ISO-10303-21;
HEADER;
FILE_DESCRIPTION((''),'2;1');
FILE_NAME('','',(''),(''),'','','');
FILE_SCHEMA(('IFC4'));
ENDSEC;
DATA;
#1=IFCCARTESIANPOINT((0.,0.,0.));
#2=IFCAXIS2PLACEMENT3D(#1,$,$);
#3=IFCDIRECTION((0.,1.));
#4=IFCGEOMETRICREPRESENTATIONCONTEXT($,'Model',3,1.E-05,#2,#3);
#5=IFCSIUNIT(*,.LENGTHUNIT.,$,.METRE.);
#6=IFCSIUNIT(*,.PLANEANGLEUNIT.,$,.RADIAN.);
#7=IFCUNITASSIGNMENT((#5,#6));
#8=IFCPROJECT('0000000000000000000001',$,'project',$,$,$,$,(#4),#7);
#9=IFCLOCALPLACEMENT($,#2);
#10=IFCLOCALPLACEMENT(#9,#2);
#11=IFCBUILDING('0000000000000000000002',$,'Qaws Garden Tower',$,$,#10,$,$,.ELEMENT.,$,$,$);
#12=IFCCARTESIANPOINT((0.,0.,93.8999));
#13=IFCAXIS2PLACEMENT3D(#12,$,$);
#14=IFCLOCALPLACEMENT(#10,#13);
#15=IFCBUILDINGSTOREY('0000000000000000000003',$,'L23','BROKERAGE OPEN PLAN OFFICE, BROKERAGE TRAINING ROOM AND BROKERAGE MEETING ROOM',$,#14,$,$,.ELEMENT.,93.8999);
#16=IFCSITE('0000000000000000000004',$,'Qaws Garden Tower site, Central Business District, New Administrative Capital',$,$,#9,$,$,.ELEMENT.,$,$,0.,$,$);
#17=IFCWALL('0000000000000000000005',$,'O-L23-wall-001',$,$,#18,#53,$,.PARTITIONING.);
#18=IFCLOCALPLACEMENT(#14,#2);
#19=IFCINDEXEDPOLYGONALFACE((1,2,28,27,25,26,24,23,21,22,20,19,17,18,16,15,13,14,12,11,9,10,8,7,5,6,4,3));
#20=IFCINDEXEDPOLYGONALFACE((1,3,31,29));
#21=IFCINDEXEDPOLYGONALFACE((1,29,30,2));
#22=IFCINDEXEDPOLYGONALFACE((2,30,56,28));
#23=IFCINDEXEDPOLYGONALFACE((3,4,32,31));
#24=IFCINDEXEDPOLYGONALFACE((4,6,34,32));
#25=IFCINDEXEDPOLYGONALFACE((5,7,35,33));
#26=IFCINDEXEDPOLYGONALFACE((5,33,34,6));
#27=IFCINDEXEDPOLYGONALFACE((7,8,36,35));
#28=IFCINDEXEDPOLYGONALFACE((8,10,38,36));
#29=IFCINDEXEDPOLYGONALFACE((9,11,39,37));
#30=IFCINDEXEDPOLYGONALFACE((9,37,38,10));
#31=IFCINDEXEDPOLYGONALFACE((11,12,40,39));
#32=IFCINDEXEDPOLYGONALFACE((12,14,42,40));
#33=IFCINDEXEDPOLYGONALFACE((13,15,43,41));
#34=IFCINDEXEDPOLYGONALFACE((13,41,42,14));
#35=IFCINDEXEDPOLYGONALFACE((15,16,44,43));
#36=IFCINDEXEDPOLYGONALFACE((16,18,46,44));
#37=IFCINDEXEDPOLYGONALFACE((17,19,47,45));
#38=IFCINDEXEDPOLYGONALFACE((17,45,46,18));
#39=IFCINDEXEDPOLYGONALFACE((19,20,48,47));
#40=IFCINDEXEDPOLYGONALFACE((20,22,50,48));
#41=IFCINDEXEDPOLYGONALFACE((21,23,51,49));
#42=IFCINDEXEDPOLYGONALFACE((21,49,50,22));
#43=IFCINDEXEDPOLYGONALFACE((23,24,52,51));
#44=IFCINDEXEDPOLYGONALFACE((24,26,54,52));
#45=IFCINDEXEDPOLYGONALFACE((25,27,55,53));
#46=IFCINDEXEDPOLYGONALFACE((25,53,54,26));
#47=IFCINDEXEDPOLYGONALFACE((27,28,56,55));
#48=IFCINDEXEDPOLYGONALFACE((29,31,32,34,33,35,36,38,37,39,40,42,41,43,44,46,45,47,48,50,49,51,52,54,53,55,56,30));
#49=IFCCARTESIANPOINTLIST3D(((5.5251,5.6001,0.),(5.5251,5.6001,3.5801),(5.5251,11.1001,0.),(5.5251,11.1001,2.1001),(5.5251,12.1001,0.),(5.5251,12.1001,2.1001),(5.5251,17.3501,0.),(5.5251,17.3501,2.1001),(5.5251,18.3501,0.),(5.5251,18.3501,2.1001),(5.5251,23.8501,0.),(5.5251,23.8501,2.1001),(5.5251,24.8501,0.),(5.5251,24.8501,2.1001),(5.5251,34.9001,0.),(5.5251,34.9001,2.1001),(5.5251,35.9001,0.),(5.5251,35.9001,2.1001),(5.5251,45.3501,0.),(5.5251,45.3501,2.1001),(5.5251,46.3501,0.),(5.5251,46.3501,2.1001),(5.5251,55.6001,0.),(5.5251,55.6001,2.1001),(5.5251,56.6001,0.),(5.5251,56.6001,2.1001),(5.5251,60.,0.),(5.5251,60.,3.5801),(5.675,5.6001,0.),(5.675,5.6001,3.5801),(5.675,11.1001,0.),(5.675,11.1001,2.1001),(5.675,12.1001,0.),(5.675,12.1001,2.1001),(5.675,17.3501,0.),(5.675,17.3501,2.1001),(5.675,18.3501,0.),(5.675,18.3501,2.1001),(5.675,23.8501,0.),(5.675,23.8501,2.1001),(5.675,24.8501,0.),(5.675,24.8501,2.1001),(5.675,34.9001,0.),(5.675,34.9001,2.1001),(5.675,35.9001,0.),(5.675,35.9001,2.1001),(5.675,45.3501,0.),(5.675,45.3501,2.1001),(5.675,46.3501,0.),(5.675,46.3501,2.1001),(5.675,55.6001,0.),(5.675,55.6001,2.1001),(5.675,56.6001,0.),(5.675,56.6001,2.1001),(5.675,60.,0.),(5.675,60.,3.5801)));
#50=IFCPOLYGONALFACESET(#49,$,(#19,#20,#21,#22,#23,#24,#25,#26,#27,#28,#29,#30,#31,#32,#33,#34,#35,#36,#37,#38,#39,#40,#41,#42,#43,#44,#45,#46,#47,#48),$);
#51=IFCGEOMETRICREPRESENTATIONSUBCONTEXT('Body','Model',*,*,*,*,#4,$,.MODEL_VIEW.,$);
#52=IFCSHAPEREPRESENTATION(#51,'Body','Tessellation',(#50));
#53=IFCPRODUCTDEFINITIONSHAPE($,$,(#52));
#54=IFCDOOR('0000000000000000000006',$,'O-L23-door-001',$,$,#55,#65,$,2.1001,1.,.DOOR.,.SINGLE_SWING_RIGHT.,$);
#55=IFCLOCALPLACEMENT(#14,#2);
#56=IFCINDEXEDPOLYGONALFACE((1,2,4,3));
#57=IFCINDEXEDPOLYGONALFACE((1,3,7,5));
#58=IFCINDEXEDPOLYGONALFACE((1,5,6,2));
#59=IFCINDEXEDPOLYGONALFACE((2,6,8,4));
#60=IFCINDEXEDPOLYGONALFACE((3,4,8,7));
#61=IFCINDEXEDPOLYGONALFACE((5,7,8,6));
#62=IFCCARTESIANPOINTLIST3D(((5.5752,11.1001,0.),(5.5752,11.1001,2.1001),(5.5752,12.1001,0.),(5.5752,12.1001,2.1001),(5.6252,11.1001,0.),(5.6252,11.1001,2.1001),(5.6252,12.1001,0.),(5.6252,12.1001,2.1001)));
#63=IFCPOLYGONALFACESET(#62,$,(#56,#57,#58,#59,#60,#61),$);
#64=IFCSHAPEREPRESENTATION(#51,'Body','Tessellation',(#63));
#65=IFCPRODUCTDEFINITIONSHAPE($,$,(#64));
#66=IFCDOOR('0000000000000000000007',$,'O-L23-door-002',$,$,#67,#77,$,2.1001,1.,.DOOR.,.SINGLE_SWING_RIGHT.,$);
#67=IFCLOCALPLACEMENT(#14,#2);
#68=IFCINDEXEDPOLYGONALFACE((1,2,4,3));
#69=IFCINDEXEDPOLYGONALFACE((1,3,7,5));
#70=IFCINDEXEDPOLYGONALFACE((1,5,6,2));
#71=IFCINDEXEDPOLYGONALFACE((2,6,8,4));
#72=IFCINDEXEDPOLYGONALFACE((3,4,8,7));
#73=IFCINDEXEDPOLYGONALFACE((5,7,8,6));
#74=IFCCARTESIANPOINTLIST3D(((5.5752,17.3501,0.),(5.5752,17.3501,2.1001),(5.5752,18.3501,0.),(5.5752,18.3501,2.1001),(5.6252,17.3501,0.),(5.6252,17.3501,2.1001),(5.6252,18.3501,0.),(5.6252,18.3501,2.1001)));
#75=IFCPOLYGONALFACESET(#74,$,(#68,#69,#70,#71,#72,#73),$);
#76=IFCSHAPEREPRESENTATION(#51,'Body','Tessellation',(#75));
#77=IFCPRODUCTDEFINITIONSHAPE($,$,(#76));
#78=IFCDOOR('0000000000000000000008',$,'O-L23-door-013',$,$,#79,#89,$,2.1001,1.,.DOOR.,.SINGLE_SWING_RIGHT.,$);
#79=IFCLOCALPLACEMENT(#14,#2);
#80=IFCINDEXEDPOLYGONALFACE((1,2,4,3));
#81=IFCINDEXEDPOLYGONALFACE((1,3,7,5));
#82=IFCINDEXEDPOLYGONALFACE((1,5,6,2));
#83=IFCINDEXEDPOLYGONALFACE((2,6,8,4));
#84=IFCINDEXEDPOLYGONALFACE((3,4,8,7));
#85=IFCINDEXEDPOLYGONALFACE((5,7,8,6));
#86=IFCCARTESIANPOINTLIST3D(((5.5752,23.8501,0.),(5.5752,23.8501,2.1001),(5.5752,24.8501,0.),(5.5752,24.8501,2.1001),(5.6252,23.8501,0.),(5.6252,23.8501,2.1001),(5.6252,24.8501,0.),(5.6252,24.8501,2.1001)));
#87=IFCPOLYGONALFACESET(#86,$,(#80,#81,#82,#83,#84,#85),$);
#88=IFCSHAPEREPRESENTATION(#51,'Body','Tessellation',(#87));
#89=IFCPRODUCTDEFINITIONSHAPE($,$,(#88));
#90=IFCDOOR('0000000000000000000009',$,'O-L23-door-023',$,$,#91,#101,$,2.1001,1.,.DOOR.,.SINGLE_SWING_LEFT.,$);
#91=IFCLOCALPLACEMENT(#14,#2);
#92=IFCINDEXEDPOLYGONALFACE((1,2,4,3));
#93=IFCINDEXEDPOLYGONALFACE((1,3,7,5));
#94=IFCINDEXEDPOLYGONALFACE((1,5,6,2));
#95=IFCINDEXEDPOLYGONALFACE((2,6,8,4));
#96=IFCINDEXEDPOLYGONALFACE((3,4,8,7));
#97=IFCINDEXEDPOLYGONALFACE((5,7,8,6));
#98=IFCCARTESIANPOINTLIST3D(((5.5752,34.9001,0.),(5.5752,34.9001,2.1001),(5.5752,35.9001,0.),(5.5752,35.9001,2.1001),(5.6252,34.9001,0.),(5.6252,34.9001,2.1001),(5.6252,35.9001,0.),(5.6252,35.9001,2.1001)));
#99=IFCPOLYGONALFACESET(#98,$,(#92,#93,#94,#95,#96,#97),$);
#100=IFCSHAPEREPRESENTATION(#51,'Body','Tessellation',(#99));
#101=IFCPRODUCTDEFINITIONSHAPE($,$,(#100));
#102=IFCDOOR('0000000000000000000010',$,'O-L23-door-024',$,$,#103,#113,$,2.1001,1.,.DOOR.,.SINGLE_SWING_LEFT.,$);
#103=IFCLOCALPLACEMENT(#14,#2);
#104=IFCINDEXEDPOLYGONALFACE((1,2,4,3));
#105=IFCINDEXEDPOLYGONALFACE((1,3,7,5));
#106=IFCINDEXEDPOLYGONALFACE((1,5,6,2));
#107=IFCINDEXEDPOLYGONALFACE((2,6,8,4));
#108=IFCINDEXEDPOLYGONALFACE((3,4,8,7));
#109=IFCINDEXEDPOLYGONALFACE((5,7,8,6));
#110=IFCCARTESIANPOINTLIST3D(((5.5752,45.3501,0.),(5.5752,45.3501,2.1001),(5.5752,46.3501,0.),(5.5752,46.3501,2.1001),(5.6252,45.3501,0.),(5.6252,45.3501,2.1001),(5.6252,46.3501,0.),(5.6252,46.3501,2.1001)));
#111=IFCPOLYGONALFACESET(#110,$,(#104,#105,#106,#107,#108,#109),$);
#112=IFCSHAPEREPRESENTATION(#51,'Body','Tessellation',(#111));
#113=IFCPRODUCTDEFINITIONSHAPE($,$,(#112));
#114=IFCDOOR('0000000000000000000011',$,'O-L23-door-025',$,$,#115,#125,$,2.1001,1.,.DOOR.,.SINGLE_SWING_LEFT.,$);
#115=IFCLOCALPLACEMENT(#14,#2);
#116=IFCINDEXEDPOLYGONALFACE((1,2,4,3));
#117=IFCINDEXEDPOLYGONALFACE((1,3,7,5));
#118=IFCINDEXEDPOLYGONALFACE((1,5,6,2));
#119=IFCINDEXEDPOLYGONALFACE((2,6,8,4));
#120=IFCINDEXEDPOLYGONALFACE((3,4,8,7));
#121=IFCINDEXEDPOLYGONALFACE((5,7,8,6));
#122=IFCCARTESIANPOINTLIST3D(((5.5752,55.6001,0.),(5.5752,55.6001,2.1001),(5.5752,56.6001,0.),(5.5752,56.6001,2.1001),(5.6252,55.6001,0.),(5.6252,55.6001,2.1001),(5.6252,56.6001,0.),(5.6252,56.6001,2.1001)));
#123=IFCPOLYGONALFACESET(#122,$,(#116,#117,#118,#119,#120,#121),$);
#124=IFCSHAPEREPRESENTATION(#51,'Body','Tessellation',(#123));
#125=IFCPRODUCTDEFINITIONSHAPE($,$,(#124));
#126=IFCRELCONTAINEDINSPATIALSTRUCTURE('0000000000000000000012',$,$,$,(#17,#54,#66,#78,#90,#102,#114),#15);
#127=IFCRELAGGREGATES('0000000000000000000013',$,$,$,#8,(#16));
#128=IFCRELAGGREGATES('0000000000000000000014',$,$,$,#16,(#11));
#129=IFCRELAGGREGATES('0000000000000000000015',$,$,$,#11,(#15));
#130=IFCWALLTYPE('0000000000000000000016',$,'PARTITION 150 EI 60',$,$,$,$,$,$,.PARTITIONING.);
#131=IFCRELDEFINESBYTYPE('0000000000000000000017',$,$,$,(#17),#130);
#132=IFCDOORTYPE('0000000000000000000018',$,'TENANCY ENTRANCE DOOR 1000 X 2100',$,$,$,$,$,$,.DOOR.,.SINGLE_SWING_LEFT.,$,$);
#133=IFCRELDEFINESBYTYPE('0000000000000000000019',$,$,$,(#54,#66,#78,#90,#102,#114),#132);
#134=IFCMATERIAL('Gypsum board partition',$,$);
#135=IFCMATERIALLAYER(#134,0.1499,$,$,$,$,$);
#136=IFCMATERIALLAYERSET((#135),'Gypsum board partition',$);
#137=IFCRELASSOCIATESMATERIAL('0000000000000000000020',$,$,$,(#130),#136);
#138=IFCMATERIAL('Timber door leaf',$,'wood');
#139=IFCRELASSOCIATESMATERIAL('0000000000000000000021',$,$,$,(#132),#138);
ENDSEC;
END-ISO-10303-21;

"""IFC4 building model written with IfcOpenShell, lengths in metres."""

from ifc_helpers import new_model, si_unit, direction, frame, frame_2d, origin, place, context, subcontext, project, spatial, rectangle, extrude, material, layer, layer_set, type_object, element, fill, save


model = new_model("IFC4")

# Units and contexts
model_context = context("Model", 3, precision=1e-05, world=origin(), true_north=direction((0.0, 1.0)))
body_context = subcontext(model_context, "Body", "Model", "MODEL_VIEW")
ifc_project = project(units=[si_unit("LENGTHUNIT", "METRE"), si_unit("PLANEANGLEUNIT", "RADIAN")], contexts=[model_context])

# Site, building, storey
site_placement = place(None, origin())
site = spatial("IfcSite", under=ifc_project, at=site_placement, Name="Qaws Garden Tower site, Central Business District, New Administrative Capital", CompositionType="ELEMENT", RefElevation=0.0)
building_placement = place(site_placement, origin())
building = spatial("IfcBuilding", under=site, at=building_placement, Name="Qaws Garden Tower", CompositionType="ELEMENT")
storey_placement = place(building_placement, frame((0.0, 0.0, 93.8999)))
storey = spatial("IfcBuildingStorey", under=building, at=storey_placement, Name="L23", Description="BROKERAGE OPEN PLAN OFFICE, BROKERAGE TRAINING ROOM AND BROKERAGE MEETING ROOM", CompositionType="ELEMENT", Elevation=93.8999)

# Wall, openings, doors
ifc_material_1 = material(Name="Gypsum board partition")
ifc_layer_1 = layer(ifc_material_1, 0.1499)
ifc_layer_set_1 = layer_set([ifc_layer_1], Name="Gypsum board partition")
wall_type_1 = type_object("IfcWallType", Name="PARTITION 150 EI 60", PredefinedType="PARTITIONING", material=ifc_layer_set_1)
wall_1_placement = place(storey_placement, frame((5.6001, 5.6001, 0.0), z_axis=(0.0, 0.0, 1.0), x_axis=(0.0, 1.0, 0.0)))
wall_1 = element("IfcWall", 1, at=wall_1_placement, inside=storey, type_object=wall_type_1, Name="O-L23-wall-001", PredefinedType="PARTITIONING", context=body_context, shape_type="SweptSolid", body=[
    extrude(rectangle(XDim=54.3999, YDim=0.1499, at=frame_2d((27.2, 0.0))), origin(), (0.0, 0.0, 1.0), 3.5801),
])
opening_1_placement = place(wall_1_placement, frame((5.5, 0.0, 0.0)))
opening_1 = element("IfcOpeningElement", 2, at=opening_1_placement, cuts=wall_1, PredefinedType="OPENING", context=body_context, shape_type="SweptSolid", body=[
    extrude(rectangle(XDim=1.0, YDim=2.1001, at=frame_2d((0.5, 1.05))), frame((0.0, 0.085, 0.0), z_axis=(0.0, -1.0, 0.0), x_axis=(1.0, 0.0, 0.0)), (0.0, 0.0, 1.0), 0.1699),
])
opening_2_placement = place(wall_1_placement, frame((11.75, 0.0, 0.0)))
opening_2 = element("IfcOpeningElement", 3, at=opening_2_placement, cuts=wall_1, PredefinedType="OPENING", context=body_context, shape_type="SweptSolid", body=[
    extrude(rectangle(XDim=1.0, YDim=2.1001, at=frame_2d((0.5, 1.05))), frame((0.0, 0.085, 0.0), z_axis=(0.0, -1.0, 0.0), x_axis=(1.0, 0.0, 0.0)), (0.0, 0.0, 1.0), 0.1699),
])
opening_3_placement = place(wall_1_placement, frame((18.25, 0.0, 0.0)))
opening_3 = element("IfcOpeningElement", 4, at=opening_3_placement, cuts=wall_1, PredefinedType="OPENING", context=body_context, shape_type="SweptSolid", body=[
    extrude(rectangle(XDim=1.0, YDim=2.1001, at=frame_2d((0.5, 1.05))), frame((0.0, 0.085, 0.0), z_axis=(0.0, -1.0, 0.0), x_axis=(1.0, 0.0, 0.0)), (0.0, 0.0, 1.0), 0.1699),
])
opening_4_placement = place(wall_1_placement, frame((29.3, 0.0, 0.0)))
opening_4 = element("IfcOpeningElement", 5, at=opening_4_placement, cuts=wall_1, PredefinedType="OPENING", context=body_context, shape_type="SweptSolid", body=[
    extrude(rectangle(XDim=1.0, YDim=2.1001, at=frame_2d((0.5, 1.05))), frame((0.0, 0.085, 0.0), z_axis=(0.0, -1.0, 0.0), x_axis=(1.0, 0.0, 0.0)), (0.0, 0.0, 1.0), 0.1699),
])
opening_5_placement = place(wall_1_placement, frame((39.75, 0.0, 0.0)))
opening_5 = element("IfcOpeningElement", 6, at=opening_5_placement, cuts=wall_1, PredefinedType="OPENING", context=body_context, shape_type="SweptSolid", body=[
    extrude(rectangle(XDim=1.0, YDim=2.1001, at=frame_2d((0.5, 1.05))), frame((0.0, 0.085, 0.0), z_axis=(0.0, -1.0, 0.0), x_axis=(1.0, 0.0, 0.0)), (0.0, 0.0, 1.0), 0.1699),
])
opening_6_placement = place(wall_1_placement, frame((50.0, 0.0, 0.0)))
opening_6 = element("IfcOpeningElement", 7, at=opening_6_placement, cuts=wall_1, PredefinedType="OPENING", context=body_context, shape_type="SweptSolid", body=[
    extrude(rectangle(XDim=1.0, YDim=2.1001, at=frame_2d((0.5, 1.05))), frame((0.0, 0.085, 0.0), z_axis=(0.0, -1.0, 0.0), x_axis=(1.0, 0.0, 0.0)), (0.0, 0.0, 1.0), 0.1699),
])
ifc_material_2 = material(Name="Timber door leaf", Category="wood")
door_type_1 = type_object("IfcDoorType", Name="TENANCY ENTRANCE DOOR 1000 X 2100", OperationType="SINGLE_SWING_LEFT", PredefinedType="DOOR", material=ifc_material_2)
door_1_placement = place(opening_1_placement, origin())
door_1 = element("IfcDoor", 8, at=door_1_placement, inside=storey, type_object=door_type_1, Name="O-L23-door-001", OperationType="SINGLE_SWING_RIGHT", OverallHeight=2.1001, OverallWidth=1.0, PredefinedType="DOOR", context=body_context, shape_type="SweptSolid", body=[
    extrude(rectangle(XDim=1.0, YDim=2.1001, at=frame_2d((0.5, 1.05))), frame((0.0, 0.0249, 0.0), z_axis=(0.0, -1.0, 0.0), x_axis=(1.0, 0.0, 0.0)), (0.0, 0.0, 1.0), 0.05),
])
fill(opening_1, door_1)
door_2_placement = place(opening_2_placement, origin())
door_2 = element("IfcDoor", 9, at=door_2_placement, inside=storey, type_object=door_type_1, Name="O-L23-door-002", OperationType="SINGLE_SWING_RIGHT", OverallHeight=2.1001, OverallWidth=1.0, PredefinedType="DOOR", context=body_context, shape_type="SweptSolid", body=[
    extrude(rectangle(XDim=1.0, YDim=2.1001, at=frame_2d((0.5, 1.05))), frame((0.0, 0.0249, 0.0), z_axis=(0.0, -1.0, 0.0), x_axis=(1.0, 0.0, 0.0)), (0.0, 0.0, 1.0), 0.05),
])
fill(opening_2, door_2)
door_3_placement = place(opening_3_placement, origin())
door_3 = element("IfcDoor", 10, at=door_3_placement, inside=storey, type_object=door_type_1, Name="O-L23-door-013", OperationType="SINGLE_SWING_RIGHT", OverallHeight=2.1001, OverallWidth=1.0, PredefinedType="DOOR", context=body_context, shape_type="SweptSolid", body=[
    extrude(rectangle(XDim=1.0, YDim=2.1001, at=frame_2d((0.5, 1.05))), frame((0.0, 0.0249, 0.0), z_axis=(0.0, -1.0, 0.0), x_axis=(1.0, 0.0, 0.0)), (0.0, 0.0, 1.0), 0.05),
])
fill(opening_3, door_3)
door_4_placement = place(opening_4_placement, origin())
door_4 = element("IfcDoor", 11, at=door_4_placement, inside=storey, type_object=door_type_1, Name="O-L23-door-023", OperationType="SINGLE_SWING_LEFT", OverallHeight=2.1001, OverallWidth=1.0, PredefinedType="DOOR", context=body_context, shape_type="SweptSolid", body=[
    extrude(rectangle(XDim=1.0, YDim=2.1001, at=frame_2d((0.5, 1.05))), frame((0.0, 0.0249, 0.0), z_axis=(0.0, -1.0, 0.0), x_axis=(1.0, 0.0, 0.0)), (0.0, 0.0, 1.0), 0.05),
])
fill(opening_4, door_4)
door_5_placement = place(opening_5_placement, origin())
door_5 = element("IfcDoor", 12, at=door_5_placement, inside=storey, type_object=door_type_1, Name="O-L23-door-024", OperationType="SINGLE_SWING_LEFT", OverallHeight=2.1001, OverallWidth=1.0, PredefinedType="DOOR", context=body_context, shape_type="SweptSolid", body=[
    extrude(rectangle(XDim=1.0, YDim=2.1001, at=frame_2d((0.5, 1.05))), frame((0.0, 0.0249, 0.0), z_axis=(0.0, -1.0, 0.0), x_axis=(1.0, 0.0, 0.0)), (0.0, 0.0, 1.0), 0.05),
])
fill(opening_5, door_5)
door_6_placement = place(opening_6_placement, origin())
door_6 = element("IfcDoor", 13, at=door_6_placement, inside=storey, type_object=door_type_1, Name="O-L23-door-025", OperationType="SINGLE_SWING_LEFT", OverallHeight=2.1001, OverallWidth=1.0, PredefinedType="DOOR", context=body_context, shape_type="SweptSolid", body=[
    extrude(rectangle(XDim=1.0, YDim=2.1001, at=frame_2d((0.5, 1.05))), frame((0.0, 0.0249, 0.0), z_axis=(0.0, -1.0, 0.0), x_axis=(1.0, 0.0, 0.0)), (0.0, 0.0, 1.0), 0.05),
])
fill(opening_6, door_6)

save(model, "model.ifc")
